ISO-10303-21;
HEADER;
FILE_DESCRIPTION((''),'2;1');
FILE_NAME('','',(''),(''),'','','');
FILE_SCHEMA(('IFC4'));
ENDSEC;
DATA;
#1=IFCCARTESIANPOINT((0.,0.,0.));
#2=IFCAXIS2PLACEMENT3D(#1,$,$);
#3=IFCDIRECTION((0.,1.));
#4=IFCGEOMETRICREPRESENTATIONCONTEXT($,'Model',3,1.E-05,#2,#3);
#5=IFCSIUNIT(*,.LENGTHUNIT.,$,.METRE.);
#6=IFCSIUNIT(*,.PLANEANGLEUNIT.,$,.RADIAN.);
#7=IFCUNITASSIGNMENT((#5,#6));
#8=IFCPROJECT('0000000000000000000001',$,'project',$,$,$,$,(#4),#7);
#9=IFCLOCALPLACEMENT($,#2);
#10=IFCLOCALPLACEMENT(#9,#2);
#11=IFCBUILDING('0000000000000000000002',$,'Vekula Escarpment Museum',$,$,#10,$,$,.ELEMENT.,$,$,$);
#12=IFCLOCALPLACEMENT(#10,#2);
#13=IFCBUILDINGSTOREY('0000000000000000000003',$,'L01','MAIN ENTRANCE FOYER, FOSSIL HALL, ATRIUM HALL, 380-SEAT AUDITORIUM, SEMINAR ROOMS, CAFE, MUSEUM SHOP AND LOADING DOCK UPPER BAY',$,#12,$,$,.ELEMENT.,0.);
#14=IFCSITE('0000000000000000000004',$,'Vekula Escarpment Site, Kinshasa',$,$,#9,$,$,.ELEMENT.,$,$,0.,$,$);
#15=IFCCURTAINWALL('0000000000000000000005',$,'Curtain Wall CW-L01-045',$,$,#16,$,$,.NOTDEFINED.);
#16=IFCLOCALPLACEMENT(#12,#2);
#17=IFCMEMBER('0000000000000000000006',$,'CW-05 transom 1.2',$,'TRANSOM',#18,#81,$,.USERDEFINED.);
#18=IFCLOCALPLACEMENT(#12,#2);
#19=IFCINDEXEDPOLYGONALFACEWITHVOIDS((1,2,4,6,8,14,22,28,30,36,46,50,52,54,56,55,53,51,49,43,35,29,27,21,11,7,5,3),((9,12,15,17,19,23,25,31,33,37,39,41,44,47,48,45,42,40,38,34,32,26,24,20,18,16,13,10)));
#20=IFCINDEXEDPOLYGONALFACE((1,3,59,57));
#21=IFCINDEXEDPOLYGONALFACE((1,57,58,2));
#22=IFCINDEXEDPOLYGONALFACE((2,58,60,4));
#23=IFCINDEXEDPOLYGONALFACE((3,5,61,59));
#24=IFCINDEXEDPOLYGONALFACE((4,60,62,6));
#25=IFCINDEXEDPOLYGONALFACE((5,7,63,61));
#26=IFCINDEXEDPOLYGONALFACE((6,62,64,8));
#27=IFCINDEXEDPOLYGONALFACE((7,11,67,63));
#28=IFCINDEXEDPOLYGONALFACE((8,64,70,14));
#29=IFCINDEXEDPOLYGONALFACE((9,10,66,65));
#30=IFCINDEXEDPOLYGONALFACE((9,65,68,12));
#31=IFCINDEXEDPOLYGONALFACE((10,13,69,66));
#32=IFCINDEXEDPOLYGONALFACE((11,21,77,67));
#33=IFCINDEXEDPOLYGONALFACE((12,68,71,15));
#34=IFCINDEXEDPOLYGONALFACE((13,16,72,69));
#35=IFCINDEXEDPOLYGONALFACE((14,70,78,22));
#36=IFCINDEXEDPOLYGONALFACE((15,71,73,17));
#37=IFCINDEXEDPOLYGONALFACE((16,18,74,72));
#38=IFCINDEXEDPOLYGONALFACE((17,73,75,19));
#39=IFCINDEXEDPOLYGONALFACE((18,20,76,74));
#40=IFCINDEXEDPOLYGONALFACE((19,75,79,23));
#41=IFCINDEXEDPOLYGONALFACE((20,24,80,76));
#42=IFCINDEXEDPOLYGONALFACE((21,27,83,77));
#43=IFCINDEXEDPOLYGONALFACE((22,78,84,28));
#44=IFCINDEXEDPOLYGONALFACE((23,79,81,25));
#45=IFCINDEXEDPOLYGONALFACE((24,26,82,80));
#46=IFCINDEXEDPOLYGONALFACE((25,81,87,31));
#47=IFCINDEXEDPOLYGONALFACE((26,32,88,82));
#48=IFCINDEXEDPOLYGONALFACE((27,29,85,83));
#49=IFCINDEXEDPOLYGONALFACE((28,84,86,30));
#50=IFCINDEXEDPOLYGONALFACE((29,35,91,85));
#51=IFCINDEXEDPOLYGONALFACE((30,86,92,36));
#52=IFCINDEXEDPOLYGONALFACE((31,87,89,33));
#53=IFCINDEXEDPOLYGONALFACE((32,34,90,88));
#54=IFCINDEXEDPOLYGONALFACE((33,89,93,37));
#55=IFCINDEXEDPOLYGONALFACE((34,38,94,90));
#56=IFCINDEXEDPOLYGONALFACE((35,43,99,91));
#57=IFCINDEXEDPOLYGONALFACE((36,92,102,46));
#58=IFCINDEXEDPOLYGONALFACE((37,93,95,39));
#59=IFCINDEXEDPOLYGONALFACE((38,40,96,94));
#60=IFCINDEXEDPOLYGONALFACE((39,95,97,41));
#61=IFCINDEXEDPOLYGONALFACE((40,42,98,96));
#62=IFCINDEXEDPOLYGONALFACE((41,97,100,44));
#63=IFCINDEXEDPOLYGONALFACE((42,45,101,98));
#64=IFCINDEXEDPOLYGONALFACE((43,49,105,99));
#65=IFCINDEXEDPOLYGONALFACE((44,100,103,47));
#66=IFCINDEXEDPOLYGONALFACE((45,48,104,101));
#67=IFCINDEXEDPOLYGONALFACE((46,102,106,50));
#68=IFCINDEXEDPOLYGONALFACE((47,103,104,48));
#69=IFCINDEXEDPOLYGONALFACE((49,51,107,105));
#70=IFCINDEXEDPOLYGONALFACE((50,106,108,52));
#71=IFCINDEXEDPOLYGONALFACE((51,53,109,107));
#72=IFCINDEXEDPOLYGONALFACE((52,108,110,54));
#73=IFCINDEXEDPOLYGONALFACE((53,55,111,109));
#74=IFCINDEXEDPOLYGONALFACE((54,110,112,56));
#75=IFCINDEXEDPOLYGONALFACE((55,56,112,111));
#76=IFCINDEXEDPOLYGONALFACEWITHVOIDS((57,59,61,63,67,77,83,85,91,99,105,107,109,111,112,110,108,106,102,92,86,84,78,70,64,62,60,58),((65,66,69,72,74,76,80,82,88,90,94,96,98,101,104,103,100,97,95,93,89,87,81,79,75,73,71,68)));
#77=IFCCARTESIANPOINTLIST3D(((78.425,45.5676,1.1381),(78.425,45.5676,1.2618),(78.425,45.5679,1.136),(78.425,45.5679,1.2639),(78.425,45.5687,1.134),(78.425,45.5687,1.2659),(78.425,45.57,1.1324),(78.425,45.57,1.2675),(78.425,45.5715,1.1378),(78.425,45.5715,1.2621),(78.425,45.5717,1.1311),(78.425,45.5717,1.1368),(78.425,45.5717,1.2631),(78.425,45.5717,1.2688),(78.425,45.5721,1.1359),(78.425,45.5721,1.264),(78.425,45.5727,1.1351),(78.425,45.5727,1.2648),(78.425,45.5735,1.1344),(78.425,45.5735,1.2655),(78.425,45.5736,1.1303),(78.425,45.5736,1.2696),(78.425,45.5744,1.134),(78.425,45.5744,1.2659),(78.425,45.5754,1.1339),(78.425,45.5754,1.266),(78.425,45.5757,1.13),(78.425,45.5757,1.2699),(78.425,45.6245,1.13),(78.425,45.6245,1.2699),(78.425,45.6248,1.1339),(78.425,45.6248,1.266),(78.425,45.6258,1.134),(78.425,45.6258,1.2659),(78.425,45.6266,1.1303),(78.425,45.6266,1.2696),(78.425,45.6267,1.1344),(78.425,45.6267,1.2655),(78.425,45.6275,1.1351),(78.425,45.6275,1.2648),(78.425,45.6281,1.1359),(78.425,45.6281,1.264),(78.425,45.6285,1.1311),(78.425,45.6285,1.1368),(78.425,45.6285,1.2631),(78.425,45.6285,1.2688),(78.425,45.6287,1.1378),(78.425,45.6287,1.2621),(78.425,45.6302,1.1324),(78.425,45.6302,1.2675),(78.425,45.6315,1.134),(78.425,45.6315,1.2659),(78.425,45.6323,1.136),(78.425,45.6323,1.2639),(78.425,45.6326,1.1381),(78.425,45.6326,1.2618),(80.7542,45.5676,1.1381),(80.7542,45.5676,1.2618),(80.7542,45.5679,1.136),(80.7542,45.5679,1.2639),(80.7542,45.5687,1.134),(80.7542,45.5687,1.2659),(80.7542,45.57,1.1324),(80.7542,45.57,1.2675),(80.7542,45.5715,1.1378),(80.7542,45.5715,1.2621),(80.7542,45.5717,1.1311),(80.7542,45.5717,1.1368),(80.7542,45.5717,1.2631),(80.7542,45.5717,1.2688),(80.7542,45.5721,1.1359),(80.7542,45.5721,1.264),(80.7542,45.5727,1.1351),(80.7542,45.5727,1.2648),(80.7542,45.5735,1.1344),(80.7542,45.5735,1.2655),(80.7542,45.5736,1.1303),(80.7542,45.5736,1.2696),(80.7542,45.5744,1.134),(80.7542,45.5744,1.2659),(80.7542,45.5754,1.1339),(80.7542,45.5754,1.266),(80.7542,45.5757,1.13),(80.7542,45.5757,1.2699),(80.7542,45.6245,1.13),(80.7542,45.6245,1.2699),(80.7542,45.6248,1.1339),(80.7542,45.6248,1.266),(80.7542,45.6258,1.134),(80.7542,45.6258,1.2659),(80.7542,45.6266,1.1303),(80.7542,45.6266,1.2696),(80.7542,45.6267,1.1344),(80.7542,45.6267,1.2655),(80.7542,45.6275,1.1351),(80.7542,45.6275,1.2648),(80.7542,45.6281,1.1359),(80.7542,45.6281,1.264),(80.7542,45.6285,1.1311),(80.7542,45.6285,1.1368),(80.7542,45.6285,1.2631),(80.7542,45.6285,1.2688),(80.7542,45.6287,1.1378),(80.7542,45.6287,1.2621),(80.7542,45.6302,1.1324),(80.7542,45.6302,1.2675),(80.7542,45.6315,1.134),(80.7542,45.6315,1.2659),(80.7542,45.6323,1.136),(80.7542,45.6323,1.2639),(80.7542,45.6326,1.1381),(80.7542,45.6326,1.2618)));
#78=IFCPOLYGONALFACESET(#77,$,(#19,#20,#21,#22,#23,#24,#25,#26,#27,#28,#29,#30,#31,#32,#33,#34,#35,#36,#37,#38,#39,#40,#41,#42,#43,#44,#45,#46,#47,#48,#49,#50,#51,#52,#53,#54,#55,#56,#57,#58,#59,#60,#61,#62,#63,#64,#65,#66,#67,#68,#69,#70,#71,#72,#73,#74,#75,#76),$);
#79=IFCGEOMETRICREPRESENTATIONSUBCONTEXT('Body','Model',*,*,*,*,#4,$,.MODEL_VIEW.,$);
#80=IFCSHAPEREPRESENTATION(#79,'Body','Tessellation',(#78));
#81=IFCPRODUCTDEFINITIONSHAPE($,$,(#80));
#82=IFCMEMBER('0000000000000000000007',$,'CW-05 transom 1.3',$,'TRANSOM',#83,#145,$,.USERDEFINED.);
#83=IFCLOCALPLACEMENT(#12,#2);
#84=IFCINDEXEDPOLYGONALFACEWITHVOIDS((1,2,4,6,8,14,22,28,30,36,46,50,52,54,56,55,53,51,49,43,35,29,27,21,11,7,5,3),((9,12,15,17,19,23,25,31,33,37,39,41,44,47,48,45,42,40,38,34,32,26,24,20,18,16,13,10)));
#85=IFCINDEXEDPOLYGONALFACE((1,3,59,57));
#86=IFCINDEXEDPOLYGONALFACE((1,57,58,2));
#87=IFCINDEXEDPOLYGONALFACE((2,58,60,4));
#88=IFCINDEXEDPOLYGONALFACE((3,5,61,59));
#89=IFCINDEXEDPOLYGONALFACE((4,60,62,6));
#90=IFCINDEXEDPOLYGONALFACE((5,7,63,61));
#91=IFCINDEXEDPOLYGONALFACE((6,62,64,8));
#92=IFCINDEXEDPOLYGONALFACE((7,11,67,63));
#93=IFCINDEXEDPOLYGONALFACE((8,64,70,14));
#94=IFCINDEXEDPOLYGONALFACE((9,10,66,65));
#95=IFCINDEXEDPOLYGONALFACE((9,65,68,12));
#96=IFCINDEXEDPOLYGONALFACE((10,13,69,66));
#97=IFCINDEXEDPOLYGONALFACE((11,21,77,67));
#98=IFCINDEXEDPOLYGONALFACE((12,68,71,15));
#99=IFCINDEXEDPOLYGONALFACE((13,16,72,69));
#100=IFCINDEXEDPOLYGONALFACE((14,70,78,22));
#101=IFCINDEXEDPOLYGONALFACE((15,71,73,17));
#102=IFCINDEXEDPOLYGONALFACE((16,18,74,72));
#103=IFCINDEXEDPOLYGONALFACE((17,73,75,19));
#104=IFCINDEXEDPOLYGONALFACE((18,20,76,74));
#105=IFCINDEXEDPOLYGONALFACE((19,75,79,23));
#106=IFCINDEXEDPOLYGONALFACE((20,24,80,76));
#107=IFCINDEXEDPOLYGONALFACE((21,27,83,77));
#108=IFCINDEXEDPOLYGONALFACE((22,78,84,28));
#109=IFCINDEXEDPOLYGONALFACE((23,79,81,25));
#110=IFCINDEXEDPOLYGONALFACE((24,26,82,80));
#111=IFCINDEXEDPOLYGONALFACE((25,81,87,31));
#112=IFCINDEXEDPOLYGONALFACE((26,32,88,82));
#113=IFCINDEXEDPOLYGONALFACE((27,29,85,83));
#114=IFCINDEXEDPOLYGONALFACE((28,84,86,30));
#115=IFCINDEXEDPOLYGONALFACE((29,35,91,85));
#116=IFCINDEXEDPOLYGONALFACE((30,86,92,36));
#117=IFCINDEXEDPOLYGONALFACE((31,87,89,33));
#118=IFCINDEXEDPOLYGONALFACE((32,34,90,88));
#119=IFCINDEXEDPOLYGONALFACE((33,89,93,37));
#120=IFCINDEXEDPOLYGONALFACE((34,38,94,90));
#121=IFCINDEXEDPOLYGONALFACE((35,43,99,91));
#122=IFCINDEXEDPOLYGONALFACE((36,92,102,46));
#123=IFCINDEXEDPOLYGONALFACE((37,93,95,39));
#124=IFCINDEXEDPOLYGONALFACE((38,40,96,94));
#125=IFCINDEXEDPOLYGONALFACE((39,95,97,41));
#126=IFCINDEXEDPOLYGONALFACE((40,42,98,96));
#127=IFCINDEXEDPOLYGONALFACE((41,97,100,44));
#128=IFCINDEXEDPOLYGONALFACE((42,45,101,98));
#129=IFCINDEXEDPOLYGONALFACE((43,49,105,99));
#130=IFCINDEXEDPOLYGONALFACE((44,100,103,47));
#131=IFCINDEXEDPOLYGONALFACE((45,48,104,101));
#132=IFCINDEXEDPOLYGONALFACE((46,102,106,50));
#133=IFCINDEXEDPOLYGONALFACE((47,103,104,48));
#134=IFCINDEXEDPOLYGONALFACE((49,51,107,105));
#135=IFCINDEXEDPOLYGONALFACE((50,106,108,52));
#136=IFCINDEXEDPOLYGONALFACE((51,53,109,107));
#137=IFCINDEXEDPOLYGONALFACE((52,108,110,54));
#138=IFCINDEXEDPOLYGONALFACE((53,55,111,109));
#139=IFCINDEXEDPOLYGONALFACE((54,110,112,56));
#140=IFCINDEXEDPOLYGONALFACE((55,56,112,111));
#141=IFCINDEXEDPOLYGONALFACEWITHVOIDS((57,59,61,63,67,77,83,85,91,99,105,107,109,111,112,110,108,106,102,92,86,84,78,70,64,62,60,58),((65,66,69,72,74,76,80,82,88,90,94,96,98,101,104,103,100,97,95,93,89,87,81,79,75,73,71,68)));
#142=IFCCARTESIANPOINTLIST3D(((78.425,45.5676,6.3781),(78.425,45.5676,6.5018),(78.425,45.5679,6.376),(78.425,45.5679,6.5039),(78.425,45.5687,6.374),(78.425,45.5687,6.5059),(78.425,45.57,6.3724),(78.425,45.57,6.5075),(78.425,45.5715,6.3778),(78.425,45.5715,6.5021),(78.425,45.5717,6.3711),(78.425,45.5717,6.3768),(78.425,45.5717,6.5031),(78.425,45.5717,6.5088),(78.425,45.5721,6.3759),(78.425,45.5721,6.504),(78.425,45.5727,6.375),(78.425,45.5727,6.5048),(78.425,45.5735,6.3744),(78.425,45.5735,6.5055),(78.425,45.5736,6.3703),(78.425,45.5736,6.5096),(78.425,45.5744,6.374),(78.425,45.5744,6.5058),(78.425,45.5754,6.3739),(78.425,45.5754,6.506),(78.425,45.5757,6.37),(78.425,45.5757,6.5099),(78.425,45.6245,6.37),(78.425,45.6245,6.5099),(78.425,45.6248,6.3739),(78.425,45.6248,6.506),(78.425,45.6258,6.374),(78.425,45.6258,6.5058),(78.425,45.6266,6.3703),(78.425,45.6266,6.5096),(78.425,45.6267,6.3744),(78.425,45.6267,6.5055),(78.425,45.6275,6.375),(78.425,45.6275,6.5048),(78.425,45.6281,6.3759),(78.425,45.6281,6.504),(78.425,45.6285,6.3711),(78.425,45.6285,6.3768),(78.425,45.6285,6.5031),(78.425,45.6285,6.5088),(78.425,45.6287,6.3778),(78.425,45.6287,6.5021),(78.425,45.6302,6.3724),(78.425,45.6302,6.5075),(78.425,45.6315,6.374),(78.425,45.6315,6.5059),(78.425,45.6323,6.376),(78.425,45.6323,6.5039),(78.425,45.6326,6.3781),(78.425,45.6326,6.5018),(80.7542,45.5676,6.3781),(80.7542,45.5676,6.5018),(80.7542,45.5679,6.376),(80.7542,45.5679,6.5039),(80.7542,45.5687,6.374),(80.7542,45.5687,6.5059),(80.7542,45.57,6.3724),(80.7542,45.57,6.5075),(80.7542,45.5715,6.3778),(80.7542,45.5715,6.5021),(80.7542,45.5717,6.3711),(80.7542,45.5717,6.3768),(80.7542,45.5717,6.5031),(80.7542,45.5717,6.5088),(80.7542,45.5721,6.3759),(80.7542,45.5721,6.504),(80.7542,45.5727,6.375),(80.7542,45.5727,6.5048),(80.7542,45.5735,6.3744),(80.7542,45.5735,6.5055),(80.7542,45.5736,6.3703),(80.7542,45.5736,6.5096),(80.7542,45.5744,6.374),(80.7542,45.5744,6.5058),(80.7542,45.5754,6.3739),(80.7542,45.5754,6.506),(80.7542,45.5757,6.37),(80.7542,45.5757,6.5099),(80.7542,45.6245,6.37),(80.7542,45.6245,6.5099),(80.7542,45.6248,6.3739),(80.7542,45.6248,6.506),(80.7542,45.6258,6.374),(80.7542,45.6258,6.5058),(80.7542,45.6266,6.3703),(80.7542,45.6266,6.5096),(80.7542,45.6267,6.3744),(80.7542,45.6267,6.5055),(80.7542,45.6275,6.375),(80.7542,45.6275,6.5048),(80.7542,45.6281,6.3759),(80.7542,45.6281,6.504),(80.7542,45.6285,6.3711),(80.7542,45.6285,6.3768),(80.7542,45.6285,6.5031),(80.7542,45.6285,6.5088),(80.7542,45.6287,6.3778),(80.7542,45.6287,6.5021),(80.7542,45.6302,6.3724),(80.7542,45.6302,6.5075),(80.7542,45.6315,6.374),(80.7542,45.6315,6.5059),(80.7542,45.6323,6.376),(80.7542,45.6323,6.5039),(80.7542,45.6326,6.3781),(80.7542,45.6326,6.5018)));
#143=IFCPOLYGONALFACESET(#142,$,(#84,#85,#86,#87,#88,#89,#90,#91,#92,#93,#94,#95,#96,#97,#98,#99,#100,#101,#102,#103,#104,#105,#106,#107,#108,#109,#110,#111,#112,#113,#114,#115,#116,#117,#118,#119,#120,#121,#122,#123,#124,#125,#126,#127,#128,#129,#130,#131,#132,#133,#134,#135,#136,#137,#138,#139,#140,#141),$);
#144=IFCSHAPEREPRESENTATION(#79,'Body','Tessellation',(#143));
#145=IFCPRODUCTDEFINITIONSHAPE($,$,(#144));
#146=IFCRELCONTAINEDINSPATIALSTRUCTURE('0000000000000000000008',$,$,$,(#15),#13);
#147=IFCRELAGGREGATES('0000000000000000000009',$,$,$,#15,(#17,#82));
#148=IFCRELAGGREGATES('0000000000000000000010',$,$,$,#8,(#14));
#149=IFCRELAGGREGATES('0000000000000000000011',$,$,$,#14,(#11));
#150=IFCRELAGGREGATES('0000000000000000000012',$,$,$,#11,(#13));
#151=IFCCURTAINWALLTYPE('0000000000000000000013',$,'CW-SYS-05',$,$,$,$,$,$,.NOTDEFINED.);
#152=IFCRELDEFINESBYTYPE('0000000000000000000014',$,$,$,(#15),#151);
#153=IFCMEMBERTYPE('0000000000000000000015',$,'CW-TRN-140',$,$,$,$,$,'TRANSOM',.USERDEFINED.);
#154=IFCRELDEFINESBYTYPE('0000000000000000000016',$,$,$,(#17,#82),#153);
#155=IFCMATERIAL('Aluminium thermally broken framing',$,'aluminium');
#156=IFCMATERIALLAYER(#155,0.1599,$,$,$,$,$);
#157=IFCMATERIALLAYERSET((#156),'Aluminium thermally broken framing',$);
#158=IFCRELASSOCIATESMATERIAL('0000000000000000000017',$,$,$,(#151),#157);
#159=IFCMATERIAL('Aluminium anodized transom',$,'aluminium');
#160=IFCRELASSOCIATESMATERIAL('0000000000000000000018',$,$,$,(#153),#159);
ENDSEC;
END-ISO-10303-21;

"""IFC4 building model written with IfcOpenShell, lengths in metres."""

from ifc_helpers import new_model, si_unit, direction, frame, origin, origin_2d, place, context, subcontext, project, spatial, hollow_rectangle, extrude, material, layer, layer_set, material_profile, profile_set, type_object, element, aggregate, save


model = new_model("IFC4")

# Units and contexts
model_context = context("Model", 3, precision=1e-05, world=origin(), true_north=direction((0.0, 1.0)))
body_context = subcontext(model_context, "Body", "Model", "MODEL_VIEW")
ifc_project = project(units=[si_unit("LENGTHUNIT", "METRE"), si_unit("PLANEANGLEUNIT", "RADIAN")], contexts=[model_context])

# Site, building, storey
site_placement = place(None, origin())
site = spatial("IfcSite", under=ifc_project, at=site_placement, Name="Vekula Escarpment Site, Kinshasa", CompositionType="ELEMENT", RefElevation=0.0)
building_placement = place(site_placement, origin())
building = spatial("IfcBuilding", under=site, at=building_placement, Name="Vekula Escarpment Museum", CompositionType="ELEMENT")
storey_placement = place(building_placement, origin())
storey = spatial("IfcBuildingStorey", under=building, at=storey_placement, Name="L01", Description="MAIN ENTRANCE FOYER, FOSSIL HALL, ATRIUM HALL, 380-SEAT AUDITORIUM, SEMINAR ROOMS, CAFE, MUSEUM SHOP AND LOADING DOCK UPPER BAY", CompositionType="ELEMENT", Elevation=0.0)

# Curtain wall, members
ifc_material_1 = material(Name="Aluminium thermally broken framing", Category="aluminium")
ifc_layer_1 = layer(ifc_material_1, 0.1599)
ifc_layer_set_1 = layer_set([ifc_layer_1], Name="Aluminium thermally broken framing")
curtain_wall_type = type_object("IfcCurtainWallType", Name="CW-SYS-05", PredefinedType="NOTDEFINED", material=ifc_layer_set_1)
curtain_wall_placement = place(storey_placement, origin())
curtain_wall = element("IfcCurtainWall", 1, at=curtain_wall_placement, inside=storey, type_object=curtain_wall_type, Name="Curtain Wall CW-L01-045", PredefinedType="NOTDEFINED")
ifc_material_2 = material(Name="Aluminium anodized transom", Category="aluminium")
ifc_material_profile_1 = material_profile(ifc_material_2, hollow_rectangle(XDim=0.0649, YDim=0.1399, WallThickness=0.0039, InnerFilletRadius=0.0039, OuterFilletRadius=0.0081, at=origin_2d()), Name="ALU 140x65x4")
ifc_profile_set_1 = profile_set([ifc_material_profile_1], Name="Aluminium anodized transom")
member_type_1 = type_object("IfcMemberType", Name="CW-TRN-140", ElementType="TRANSOM", PredefinedType="USERDEFINED", material=ifc_profile_set_1)
member_1_placement = place(storey_placement, frame((78.425, 45.6001, 1.2), z_axis=(1.0, 0.0, 0.0), x_axis=(0.0, 1.0, 0.0)))
member_1 = element("IfcMember", 2, at=member_1_placement, type_object=member_type_1, Name="CW-05 transom 1.2", ObjectType="TRANSOM", PredefinedType="USERDEFINED", context=body_context, shape_type="SweptSolid", body=[
    extrude(hollow_rectangle(XDim=0.0649, YDim=0.1399, WallThickness=0.0039, InnerFilletRadius=0.0039, OuterFilletRadius=0.0081, at=origin_2d()), origin(), (0.0, 0.0, 1.0), 2.3291),
])
member_2_placement = place(storey_placement, frame((78.425, 45.6001, 6.4399), z_axis=(1.0, 0.0, 0.0), x_axis=(0.0, 1.0, 0.0)))
member_2 = element("IfcMember", 3, at=member_2_placement, type_object=member_type_1, Name="CW-05 transom 1.3", ObjectType="TRANSOM", PredefinedType="USERDEFINED", context=body_context, shape_type="SweptSolid", body=[
    extrude(hollow_rectangle(XDim=0.0649, YDim=0.1399, WallThickness=0.0039, InnerFilletRadius=0.0039, OuterFilletRadius=0.0081, at=origin_2d()), origin(), (0.0, 0.0, 1.0), 2.3291),
])

aggregate(curtain_wall, [member_1, member_2])

save(model, "model.ifc")
